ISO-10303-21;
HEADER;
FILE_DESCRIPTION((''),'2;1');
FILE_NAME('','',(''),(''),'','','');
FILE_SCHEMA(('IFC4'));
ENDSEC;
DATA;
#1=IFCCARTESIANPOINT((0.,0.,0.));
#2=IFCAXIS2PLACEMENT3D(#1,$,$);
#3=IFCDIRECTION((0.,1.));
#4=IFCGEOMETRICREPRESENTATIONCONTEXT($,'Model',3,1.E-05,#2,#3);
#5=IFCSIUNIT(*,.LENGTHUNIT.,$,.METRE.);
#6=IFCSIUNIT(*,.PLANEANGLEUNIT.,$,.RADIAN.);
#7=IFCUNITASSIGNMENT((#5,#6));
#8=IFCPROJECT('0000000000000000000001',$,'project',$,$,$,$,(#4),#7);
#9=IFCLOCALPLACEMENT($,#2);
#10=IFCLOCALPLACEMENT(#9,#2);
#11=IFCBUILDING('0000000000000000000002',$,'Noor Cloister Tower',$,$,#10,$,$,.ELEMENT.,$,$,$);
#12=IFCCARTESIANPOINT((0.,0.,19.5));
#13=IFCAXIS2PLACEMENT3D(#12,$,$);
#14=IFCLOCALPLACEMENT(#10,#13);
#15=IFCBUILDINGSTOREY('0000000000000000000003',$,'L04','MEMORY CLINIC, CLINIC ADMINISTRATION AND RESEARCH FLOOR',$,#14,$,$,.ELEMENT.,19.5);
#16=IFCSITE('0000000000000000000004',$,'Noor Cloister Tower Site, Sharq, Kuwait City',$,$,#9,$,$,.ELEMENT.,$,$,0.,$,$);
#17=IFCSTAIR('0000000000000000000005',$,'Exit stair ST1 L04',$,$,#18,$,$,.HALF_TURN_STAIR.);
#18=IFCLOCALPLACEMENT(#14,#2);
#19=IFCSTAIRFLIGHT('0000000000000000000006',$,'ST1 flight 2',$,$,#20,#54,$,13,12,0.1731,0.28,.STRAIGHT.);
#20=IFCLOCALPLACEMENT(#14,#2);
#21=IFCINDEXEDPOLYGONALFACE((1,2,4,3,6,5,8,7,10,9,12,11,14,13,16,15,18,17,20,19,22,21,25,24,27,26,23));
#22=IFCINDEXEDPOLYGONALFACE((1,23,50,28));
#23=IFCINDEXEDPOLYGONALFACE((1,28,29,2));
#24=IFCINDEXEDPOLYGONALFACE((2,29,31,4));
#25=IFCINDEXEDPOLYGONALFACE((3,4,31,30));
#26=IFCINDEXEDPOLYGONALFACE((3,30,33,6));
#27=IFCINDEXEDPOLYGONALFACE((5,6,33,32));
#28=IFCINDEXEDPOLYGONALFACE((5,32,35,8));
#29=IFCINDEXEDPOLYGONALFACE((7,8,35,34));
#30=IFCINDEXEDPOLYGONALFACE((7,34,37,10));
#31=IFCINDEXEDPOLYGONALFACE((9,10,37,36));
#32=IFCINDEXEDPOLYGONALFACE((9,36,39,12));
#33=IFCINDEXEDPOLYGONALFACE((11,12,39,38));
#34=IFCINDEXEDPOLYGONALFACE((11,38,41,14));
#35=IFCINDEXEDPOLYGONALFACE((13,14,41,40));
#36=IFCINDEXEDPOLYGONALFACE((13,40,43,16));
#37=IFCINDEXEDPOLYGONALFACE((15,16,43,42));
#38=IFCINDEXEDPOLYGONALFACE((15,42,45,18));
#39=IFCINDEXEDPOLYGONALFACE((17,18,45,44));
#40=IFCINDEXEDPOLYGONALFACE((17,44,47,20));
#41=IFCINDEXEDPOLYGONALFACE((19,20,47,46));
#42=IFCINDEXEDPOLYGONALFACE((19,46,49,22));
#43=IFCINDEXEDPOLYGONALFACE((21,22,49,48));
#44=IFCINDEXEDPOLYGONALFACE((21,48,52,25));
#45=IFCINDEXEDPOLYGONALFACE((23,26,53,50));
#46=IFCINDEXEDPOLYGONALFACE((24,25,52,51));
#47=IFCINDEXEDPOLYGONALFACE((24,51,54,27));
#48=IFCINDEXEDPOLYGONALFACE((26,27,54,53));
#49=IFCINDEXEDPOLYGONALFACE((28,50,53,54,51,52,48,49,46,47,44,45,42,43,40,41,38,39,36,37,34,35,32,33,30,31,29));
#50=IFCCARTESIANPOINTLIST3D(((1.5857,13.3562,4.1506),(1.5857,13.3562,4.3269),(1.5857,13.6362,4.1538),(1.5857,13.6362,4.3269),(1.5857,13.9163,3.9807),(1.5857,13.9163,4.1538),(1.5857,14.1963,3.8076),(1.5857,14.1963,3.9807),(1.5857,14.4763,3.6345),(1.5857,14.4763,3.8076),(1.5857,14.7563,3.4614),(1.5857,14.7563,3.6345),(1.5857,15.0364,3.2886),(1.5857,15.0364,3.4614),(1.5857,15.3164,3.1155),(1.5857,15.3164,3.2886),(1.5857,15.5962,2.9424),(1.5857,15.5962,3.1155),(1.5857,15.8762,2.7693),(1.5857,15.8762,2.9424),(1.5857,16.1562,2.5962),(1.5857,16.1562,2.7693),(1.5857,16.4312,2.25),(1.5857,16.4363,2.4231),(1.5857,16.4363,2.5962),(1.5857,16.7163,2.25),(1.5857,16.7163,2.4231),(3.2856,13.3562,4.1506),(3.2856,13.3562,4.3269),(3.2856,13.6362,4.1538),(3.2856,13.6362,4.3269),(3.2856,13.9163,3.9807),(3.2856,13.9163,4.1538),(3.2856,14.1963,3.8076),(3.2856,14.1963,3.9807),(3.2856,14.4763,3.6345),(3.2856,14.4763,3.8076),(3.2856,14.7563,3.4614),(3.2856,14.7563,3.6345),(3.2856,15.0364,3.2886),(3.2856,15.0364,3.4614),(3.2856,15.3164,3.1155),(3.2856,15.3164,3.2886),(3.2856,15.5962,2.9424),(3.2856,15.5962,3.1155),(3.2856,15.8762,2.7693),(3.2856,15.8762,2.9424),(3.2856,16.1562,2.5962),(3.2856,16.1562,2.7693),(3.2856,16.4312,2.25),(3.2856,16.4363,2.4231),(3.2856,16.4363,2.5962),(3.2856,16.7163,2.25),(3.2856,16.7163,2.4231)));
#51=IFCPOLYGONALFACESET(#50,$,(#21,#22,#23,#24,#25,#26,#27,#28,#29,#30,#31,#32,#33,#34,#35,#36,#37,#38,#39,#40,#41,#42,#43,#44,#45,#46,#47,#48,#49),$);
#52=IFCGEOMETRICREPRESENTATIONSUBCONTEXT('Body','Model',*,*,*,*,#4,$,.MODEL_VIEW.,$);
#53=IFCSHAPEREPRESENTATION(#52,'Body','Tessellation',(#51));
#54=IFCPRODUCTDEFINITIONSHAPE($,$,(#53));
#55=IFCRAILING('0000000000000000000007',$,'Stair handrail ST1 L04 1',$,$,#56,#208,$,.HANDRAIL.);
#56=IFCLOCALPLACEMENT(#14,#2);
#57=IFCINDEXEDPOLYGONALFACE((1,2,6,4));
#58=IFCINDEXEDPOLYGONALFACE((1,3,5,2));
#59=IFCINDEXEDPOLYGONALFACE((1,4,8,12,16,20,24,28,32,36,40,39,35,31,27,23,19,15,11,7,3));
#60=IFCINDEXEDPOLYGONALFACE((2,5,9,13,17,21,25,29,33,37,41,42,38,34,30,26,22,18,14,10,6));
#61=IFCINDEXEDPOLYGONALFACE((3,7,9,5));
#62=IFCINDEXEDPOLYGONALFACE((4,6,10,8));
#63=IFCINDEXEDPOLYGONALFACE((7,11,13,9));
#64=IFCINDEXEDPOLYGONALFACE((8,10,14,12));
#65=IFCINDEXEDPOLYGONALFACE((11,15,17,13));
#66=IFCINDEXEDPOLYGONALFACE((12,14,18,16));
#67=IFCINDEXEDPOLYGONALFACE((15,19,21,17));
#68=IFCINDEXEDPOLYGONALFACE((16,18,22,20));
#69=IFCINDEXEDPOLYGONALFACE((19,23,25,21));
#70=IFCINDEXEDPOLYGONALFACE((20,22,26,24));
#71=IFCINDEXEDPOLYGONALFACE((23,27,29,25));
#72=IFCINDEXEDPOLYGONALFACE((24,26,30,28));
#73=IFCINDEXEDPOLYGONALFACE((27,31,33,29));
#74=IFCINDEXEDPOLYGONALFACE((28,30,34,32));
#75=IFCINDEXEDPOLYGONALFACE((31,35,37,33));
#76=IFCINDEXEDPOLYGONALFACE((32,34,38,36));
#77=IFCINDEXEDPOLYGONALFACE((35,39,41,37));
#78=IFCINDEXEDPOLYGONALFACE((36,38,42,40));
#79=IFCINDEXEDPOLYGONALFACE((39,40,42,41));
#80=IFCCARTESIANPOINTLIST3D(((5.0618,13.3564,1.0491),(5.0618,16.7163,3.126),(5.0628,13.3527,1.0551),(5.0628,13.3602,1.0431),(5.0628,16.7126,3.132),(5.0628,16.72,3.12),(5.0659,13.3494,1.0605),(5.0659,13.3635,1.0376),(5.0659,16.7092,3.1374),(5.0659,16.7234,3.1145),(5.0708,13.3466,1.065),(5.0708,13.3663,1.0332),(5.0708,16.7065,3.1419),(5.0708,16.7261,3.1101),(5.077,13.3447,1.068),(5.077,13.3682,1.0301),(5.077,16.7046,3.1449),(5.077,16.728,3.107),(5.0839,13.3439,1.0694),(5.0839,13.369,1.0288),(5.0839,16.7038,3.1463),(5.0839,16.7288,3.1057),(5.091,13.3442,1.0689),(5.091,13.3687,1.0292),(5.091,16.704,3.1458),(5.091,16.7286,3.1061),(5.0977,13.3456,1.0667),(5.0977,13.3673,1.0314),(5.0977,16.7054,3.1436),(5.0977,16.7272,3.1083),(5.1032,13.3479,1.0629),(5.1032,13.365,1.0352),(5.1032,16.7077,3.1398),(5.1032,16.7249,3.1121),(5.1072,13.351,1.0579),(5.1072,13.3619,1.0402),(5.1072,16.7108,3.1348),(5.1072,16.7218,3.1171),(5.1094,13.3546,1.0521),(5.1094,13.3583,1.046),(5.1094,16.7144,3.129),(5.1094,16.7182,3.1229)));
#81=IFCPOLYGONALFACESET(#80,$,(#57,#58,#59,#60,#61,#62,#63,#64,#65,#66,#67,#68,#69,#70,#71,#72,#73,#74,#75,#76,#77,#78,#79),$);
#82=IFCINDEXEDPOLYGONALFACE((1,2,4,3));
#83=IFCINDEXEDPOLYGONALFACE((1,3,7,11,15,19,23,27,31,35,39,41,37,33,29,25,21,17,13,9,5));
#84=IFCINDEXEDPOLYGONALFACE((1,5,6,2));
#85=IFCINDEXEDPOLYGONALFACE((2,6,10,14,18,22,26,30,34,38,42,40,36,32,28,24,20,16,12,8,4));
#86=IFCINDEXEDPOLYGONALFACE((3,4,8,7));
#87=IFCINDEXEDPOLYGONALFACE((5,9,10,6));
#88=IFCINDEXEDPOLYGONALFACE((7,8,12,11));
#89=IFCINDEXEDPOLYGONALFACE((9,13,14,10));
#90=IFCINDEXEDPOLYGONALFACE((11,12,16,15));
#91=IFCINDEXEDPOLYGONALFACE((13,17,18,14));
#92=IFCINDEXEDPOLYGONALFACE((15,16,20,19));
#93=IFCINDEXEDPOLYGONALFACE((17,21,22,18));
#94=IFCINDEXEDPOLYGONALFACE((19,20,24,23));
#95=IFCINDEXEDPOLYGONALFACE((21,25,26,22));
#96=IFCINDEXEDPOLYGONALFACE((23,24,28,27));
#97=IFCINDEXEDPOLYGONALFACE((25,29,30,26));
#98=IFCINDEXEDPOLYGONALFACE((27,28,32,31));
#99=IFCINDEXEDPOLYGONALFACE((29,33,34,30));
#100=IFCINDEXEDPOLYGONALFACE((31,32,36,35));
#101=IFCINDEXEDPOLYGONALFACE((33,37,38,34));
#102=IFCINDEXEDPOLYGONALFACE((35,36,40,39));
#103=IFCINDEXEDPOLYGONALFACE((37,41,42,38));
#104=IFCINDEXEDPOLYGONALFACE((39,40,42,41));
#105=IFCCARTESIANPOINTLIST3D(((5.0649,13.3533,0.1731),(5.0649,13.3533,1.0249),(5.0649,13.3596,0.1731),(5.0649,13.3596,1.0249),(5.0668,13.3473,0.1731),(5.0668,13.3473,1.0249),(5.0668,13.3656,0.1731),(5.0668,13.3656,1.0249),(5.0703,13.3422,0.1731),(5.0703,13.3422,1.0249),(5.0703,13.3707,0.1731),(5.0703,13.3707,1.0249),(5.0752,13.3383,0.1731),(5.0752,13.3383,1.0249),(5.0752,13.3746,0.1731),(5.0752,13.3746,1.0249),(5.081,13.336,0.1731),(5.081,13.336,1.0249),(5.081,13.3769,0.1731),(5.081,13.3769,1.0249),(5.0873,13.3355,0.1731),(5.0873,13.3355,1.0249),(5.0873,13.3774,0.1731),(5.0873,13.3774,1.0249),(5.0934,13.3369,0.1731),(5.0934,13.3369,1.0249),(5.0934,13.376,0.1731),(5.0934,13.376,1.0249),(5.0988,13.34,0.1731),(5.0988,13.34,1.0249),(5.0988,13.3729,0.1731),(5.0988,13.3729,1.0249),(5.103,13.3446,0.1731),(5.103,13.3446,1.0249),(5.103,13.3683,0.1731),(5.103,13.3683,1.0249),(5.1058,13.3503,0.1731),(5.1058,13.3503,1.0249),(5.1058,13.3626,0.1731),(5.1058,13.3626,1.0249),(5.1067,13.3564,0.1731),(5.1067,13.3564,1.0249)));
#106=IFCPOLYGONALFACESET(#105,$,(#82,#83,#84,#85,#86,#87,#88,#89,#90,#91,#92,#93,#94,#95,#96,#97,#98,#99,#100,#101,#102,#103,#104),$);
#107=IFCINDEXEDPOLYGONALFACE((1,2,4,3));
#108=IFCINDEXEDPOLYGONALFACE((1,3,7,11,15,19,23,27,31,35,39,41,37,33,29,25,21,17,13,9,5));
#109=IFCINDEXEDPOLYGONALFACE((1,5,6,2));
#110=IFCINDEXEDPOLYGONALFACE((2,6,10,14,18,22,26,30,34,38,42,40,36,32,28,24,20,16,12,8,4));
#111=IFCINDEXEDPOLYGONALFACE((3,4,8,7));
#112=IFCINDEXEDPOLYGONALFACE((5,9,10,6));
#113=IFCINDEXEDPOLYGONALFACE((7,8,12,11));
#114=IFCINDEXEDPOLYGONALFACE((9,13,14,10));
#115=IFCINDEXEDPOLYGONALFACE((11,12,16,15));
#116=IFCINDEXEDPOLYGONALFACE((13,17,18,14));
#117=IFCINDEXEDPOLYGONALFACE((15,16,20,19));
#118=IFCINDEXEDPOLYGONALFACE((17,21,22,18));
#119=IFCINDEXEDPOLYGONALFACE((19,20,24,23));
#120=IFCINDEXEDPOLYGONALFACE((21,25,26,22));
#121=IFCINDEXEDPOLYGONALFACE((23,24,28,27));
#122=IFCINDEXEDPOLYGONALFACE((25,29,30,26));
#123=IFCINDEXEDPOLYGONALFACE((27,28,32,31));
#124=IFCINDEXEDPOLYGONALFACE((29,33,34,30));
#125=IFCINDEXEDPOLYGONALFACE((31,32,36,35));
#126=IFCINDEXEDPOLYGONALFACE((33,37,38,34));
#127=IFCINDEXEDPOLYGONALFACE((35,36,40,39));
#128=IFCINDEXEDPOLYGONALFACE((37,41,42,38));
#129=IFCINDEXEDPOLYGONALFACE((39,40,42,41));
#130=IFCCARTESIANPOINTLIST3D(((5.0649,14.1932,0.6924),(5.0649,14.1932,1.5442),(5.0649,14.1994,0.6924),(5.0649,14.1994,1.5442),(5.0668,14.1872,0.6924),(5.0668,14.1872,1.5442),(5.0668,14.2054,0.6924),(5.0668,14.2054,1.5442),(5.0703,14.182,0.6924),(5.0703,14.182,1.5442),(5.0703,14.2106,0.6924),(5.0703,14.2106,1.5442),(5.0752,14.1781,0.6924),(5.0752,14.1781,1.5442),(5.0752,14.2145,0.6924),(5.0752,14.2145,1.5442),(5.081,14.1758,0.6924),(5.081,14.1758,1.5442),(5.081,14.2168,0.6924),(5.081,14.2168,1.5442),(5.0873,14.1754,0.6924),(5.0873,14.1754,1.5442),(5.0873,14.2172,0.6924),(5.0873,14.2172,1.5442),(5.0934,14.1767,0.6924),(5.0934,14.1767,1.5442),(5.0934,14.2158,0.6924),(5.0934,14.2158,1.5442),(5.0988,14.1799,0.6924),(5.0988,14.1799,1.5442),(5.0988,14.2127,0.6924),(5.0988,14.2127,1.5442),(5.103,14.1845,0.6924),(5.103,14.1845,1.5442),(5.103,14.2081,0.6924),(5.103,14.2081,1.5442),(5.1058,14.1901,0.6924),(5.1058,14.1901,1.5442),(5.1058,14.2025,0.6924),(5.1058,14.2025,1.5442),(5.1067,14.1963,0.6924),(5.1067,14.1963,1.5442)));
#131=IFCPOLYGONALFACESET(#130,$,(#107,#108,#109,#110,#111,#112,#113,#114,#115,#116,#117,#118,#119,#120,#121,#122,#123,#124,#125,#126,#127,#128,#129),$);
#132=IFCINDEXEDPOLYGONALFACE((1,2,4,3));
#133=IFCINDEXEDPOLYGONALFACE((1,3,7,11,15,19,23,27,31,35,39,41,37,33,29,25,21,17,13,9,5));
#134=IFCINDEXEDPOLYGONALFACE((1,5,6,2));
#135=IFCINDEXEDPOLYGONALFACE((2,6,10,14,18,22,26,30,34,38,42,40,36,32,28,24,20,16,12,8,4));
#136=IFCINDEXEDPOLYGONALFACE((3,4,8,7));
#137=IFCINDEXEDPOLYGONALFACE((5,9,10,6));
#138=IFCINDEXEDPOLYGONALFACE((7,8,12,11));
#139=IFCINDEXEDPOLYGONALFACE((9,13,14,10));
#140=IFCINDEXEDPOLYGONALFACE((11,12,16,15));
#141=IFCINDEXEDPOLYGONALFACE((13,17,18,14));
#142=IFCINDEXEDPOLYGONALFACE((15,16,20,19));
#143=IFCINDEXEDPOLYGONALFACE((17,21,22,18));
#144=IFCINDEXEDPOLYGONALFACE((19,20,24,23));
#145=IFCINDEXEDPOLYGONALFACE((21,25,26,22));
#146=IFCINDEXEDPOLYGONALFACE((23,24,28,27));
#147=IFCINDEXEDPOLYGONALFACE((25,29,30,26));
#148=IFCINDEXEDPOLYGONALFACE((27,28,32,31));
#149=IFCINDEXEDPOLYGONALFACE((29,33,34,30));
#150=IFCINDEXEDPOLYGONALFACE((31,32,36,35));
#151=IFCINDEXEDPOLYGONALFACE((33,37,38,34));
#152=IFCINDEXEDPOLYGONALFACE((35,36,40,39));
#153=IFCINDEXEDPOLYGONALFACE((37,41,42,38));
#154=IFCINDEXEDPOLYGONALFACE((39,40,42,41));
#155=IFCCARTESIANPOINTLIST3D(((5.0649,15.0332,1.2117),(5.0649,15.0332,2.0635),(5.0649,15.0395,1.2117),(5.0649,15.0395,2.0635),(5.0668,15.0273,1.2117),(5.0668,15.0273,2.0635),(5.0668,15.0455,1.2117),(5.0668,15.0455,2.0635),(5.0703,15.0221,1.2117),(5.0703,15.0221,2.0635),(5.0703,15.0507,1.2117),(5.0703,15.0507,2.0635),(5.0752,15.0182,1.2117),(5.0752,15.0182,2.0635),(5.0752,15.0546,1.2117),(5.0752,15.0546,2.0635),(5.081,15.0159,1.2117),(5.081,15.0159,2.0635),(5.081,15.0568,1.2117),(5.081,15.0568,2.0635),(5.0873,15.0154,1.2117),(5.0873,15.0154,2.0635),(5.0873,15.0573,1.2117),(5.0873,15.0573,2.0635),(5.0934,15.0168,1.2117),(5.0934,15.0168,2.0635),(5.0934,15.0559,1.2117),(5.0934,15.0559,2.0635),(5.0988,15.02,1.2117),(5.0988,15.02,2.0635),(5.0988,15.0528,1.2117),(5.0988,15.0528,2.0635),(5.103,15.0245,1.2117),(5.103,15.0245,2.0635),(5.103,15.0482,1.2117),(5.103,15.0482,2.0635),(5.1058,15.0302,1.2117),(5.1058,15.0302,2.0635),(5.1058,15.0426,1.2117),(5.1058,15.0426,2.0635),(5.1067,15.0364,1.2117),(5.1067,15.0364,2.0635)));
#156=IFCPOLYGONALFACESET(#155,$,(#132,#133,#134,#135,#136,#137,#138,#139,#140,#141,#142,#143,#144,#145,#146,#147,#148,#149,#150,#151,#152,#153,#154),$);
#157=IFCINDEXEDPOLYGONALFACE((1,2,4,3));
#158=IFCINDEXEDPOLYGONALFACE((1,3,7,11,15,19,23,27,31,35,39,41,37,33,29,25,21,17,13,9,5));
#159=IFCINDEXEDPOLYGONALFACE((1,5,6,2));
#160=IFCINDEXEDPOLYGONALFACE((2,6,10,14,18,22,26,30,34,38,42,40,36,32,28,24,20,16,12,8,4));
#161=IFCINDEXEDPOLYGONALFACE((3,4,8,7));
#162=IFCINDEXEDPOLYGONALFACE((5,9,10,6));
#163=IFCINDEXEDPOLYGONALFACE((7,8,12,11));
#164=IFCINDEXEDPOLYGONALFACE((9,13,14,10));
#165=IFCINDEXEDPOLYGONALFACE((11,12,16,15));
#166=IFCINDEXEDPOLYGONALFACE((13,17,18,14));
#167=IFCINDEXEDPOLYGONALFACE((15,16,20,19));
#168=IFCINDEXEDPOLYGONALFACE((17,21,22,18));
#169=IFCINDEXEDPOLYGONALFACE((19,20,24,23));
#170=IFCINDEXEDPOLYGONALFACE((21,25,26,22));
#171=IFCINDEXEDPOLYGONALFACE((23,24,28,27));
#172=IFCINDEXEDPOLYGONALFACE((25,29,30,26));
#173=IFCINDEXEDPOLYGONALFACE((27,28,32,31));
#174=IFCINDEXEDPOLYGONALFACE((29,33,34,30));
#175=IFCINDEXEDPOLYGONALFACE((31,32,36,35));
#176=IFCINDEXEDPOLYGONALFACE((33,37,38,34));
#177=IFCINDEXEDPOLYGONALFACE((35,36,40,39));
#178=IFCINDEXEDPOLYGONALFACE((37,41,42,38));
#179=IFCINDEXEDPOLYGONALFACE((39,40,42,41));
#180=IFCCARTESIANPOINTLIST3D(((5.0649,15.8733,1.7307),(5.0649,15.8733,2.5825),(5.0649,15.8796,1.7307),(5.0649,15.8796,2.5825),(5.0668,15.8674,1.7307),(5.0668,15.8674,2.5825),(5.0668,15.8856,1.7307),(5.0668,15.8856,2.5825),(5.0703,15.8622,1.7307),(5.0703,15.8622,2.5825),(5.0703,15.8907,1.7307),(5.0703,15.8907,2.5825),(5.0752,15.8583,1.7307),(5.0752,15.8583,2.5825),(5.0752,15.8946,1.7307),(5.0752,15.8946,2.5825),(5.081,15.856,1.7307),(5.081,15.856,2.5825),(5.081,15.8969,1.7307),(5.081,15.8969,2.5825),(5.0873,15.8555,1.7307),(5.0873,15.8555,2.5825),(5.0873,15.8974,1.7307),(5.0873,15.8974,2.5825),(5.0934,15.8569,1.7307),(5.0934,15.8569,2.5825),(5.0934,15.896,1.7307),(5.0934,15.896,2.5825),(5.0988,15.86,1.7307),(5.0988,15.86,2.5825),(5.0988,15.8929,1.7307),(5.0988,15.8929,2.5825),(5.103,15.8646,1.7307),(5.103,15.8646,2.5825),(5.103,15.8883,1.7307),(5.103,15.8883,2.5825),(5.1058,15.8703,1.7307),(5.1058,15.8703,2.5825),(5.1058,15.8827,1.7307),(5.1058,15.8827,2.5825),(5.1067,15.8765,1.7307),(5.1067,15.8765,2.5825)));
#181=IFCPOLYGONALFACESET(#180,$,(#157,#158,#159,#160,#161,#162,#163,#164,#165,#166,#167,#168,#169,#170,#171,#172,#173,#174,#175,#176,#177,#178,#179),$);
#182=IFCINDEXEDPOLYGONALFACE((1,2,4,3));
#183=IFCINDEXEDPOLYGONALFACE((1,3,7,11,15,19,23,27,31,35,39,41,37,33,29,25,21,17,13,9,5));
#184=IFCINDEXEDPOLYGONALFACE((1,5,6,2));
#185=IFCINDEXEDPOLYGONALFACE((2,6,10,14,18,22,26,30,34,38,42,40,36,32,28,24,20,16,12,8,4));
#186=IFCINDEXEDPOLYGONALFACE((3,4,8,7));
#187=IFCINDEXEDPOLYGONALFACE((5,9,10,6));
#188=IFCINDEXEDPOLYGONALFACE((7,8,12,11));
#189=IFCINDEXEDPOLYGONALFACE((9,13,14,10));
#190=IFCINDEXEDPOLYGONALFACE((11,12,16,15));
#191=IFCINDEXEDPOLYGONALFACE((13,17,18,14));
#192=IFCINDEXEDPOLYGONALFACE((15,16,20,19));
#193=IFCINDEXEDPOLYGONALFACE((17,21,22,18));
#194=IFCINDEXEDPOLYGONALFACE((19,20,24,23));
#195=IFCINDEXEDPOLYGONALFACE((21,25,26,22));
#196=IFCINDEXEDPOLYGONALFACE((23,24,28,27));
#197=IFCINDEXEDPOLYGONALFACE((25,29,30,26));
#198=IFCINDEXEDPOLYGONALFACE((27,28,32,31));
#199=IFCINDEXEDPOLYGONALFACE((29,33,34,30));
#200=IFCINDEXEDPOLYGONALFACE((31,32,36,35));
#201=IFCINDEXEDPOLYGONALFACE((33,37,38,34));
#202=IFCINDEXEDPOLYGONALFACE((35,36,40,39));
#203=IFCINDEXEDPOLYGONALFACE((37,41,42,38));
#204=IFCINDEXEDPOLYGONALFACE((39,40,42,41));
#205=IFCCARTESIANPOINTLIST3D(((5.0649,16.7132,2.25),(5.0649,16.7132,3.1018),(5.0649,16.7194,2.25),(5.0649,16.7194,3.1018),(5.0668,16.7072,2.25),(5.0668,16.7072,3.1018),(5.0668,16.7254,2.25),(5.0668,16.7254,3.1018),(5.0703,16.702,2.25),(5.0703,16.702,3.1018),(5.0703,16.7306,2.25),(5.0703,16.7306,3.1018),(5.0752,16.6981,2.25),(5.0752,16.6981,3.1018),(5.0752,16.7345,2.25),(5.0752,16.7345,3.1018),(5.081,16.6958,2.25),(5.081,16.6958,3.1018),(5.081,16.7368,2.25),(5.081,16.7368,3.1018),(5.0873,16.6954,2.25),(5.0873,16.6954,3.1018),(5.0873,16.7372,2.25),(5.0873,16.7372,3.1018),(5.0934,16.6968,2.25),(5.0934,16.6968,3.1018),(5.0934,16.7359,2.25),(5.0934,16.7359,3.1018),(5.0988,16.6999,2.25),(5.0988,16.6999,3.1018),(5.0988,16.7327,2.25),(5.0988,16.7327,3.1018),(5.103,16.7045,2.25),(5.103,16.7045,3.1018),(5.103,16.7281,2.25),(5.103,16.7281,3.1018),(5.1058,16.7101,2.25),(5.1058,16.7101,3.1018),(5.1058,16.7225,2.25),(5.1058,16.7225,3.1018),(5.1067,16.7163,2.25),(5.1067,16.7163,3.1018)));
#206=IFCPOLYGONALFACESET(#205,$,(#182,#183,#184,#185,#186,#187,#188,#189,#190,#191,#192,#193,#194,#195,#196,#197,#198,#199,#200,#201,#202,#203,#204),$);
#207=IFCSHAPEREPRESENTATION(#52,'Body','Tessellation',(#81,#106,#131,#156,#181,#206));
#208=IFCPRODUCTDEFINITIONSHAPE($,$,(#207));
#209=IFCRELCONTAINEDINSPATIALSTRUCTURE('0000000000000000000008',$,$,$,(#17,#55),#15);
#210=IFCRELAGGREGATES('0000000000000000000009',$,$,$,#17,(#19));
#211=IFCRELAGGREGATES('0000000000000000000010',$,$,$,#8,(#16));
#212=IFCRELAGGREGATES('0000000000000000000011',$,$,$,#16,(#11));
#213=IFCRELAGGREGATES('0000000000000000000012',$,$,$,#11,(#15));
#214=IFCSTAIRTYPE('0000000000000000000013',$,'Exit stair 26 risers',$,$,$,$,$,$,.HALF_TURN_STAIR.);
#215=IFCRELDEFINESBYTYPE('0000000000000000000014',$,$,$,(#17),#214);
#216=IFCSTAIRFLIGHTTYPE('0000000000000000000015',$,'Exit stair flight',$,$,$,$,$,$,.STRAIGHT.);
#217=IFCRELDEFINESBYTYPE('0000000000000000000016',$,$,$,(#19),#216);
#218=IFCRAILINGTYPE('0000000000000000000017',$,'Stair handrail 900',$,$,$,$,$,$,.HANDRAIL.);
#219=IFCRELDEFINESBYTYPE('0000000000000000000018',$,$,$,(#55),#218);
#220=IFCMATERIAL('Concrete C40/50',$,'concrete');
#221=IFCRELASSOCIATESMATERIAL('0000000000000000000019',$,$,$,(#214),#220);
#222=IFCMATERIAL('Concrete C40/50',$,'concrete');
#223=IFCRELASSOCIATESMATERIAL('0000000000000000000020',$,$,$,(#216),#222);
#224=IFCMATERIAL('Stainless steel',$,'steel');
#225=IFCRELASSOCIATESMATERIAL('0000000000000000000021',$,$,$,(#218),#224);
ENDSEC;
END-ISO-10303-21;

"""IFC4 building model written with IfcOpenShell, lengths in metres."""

from ifc_helpers import new_model, si_unit, direction, frame, origin, origin_2d, place, context, subcontext, project, spatial, polyline, circle, outline, extrude, material, type_object, element, aggregate, save


model = new_model("IFC4")

# Units and contexts
model_context = context("Model", 3, precision=1e-05, world=origin(), true_north=direction((0.0, 1.0)))
body_context = subcontext(model_context, "Body", "Model", "MODEL_VIEW")
ifc_project = project(units=[si_unit("LENGTHUNIT", "METRE"), si_unit("PLANEANGLEUNIT", "RADIAN")], contexts=[model_context])

# Site, building, storey
site_placement = place(None, origin())
site = spatial("IfcSite", under=ifc_project, at=site_placement, Name="Noor Cloister Tower Site, Sharq, Kuwait City", CompositionType="ELEMENT", RefElevation=0.0)
building_placement = place(site_placement, origin())
building = spatial("IfcBuilding", under=site, at=building_placement, Name="Noor Cloister Tower", CompositionType="ELEMENT")
storey_placement = place(building_placement, frame((0.0, 0.0, 19.5)))
storey = spatial("IfcBuildingStorey", under=building, at=storey_placement, Name="L04", Description="MEMORY CLINIC, CLINIC ADMINISTRATION AND RESEARCH FLOOR", CompositionType="ELEMENT", Elevation=19.5)

# Stair, stair flight
ifc_material_1 = material(Name="Concrete C40/50", Category="concrete")
stair_type = type_object("IfcStairType", Name="Exit stair 26 risers", PredefinedType="HALF_TURN_STAIR", material=ifc_material_1)
stair_placement = place(storey_placement, origin())
stair = element("IfcStair", 1, at=stair_placement, inside=storey, type_object=stair_type, Name="Exit stair ST1 L04", PredefinedType="HALF_TURN_STAIR")
ifc_material_2 = material(Name="Concrete C40/50", Category="concrete")
stair_flight_type = type_object("IfcStairFlightType", Name="Exit stair flight", PredefinedType="STRAIGHT", material=ifc_material_2)
stair_flight_1_placement = place(storey_placement, frame((2.4355, 16.7163, 2.25), z_axis=(0.0, 0.0, 1.0), x_axis=(0.0, -1.0, 0.0)))
stair_flight_1 = element("IfcStairFlight", 2, at=stair_flight_1_placement, type_object=stair_flight_type, Name="ST1 flight 2", NumberOfRisers=13, NumberOfTreads=12, PredefinedType="STRAIGHT", RiserHeight=0.1731, TreadLength=0.28, context=body_context, shape_type="SweptSolid", body=[
    extrude(outline(polyline([(0.0, 0.0), (0.0, 0.1731), (0.28, 0.1731), (0.28, 0.3462), (0.5601, 0.3462), (0.5601, 0.5193), (0.8401, 0.5193), (0.8401, 0.6924), (1.1201, 0.6924), (1.1201, 0.8655), (1.3999, 0.8655), (1.3999, 1.0386), (1.6799, 1.0386), (1.6799, 1.2114), (1.96, 1.2114), (1.96, 1.3845), (2.24, 1.3845), (2.24, 1.5576), (2.52, 1.5576), (2.52, 1.7307), (2.8, 1.7307), (2.8, 1.9038), (3.0801, 1.9038), (3.0801, 2.0769), (3.3601, 2.0769), (3.3601, 2.25), (3.3601, 1.9006), (0.2852, 0.0), (0.0, 0.0)])), frame((0.0, 0.8501, 0.0), z_axis=(0.0, -1.0, 0.0), x_axis=(1.0, 0.0, 0.0)), (0.0, 0.0, 1.0), 1.7),
])
aggregate(stair, [stair_flight_1])

# Railing
ifc_material_3 = material(Name="Stainless steel", Category="steel")
railing_type_1 = type_object("IfcRailingType", Name="Stair handrail 900", PredefinedType="HANDRAIL", material=ifc_material_3)
railing_1_placement = place(storey_placement, frame((5.0857, 13.3564, 0.1731)))
element("IfcRailing", 3, at=railing_1_placement, inside=storey, type_object=railing_type_1, Name="Stair handrail ST1 L04 1", PredefinedType="HANDRAIL", context=body_context, shape_type="SweptSolid", body=[
    extrude(circle(Radius=0.0239, at=origin_2d()), frame((0.0, 0.0, 0.876), z_axis=(0.0, 0.850606, 0.525803), x_axis=(-1.0, 0.0, 0.0)), (0.0, 0.0, 1.0), 3.95),
    extrude(circle(Radius=0.021, at=origin_2d()), origin(), (0.0, 0.0, 1.0), 0.8518),
    extrude(circle(Radius=0.021, at=origin_2d()), frame((0.0, 0.8398, 0.5193)), (0.0, 0.0, 1.0), 0.8518),
    extrude(circle(Radius=0.021, at=origin_2d()), frame((0.0, 1.6799, 1.0386)), (0.0, 0.0, 1.0), 0.8518),
    extrude(circle(Radius=0.021, at=origin_2d()), frame((0.0, 2.52, 1.5576)), (0.0, 0.0, 1.0), 0.8518),
    extrude(circle(Radius=0.021, at=origin_2d()), frame((0.0, 3.3599, 2.0769)), (0.0, 0.0, 1.0), 0.8518),
])

save(model, "model.ifc")
